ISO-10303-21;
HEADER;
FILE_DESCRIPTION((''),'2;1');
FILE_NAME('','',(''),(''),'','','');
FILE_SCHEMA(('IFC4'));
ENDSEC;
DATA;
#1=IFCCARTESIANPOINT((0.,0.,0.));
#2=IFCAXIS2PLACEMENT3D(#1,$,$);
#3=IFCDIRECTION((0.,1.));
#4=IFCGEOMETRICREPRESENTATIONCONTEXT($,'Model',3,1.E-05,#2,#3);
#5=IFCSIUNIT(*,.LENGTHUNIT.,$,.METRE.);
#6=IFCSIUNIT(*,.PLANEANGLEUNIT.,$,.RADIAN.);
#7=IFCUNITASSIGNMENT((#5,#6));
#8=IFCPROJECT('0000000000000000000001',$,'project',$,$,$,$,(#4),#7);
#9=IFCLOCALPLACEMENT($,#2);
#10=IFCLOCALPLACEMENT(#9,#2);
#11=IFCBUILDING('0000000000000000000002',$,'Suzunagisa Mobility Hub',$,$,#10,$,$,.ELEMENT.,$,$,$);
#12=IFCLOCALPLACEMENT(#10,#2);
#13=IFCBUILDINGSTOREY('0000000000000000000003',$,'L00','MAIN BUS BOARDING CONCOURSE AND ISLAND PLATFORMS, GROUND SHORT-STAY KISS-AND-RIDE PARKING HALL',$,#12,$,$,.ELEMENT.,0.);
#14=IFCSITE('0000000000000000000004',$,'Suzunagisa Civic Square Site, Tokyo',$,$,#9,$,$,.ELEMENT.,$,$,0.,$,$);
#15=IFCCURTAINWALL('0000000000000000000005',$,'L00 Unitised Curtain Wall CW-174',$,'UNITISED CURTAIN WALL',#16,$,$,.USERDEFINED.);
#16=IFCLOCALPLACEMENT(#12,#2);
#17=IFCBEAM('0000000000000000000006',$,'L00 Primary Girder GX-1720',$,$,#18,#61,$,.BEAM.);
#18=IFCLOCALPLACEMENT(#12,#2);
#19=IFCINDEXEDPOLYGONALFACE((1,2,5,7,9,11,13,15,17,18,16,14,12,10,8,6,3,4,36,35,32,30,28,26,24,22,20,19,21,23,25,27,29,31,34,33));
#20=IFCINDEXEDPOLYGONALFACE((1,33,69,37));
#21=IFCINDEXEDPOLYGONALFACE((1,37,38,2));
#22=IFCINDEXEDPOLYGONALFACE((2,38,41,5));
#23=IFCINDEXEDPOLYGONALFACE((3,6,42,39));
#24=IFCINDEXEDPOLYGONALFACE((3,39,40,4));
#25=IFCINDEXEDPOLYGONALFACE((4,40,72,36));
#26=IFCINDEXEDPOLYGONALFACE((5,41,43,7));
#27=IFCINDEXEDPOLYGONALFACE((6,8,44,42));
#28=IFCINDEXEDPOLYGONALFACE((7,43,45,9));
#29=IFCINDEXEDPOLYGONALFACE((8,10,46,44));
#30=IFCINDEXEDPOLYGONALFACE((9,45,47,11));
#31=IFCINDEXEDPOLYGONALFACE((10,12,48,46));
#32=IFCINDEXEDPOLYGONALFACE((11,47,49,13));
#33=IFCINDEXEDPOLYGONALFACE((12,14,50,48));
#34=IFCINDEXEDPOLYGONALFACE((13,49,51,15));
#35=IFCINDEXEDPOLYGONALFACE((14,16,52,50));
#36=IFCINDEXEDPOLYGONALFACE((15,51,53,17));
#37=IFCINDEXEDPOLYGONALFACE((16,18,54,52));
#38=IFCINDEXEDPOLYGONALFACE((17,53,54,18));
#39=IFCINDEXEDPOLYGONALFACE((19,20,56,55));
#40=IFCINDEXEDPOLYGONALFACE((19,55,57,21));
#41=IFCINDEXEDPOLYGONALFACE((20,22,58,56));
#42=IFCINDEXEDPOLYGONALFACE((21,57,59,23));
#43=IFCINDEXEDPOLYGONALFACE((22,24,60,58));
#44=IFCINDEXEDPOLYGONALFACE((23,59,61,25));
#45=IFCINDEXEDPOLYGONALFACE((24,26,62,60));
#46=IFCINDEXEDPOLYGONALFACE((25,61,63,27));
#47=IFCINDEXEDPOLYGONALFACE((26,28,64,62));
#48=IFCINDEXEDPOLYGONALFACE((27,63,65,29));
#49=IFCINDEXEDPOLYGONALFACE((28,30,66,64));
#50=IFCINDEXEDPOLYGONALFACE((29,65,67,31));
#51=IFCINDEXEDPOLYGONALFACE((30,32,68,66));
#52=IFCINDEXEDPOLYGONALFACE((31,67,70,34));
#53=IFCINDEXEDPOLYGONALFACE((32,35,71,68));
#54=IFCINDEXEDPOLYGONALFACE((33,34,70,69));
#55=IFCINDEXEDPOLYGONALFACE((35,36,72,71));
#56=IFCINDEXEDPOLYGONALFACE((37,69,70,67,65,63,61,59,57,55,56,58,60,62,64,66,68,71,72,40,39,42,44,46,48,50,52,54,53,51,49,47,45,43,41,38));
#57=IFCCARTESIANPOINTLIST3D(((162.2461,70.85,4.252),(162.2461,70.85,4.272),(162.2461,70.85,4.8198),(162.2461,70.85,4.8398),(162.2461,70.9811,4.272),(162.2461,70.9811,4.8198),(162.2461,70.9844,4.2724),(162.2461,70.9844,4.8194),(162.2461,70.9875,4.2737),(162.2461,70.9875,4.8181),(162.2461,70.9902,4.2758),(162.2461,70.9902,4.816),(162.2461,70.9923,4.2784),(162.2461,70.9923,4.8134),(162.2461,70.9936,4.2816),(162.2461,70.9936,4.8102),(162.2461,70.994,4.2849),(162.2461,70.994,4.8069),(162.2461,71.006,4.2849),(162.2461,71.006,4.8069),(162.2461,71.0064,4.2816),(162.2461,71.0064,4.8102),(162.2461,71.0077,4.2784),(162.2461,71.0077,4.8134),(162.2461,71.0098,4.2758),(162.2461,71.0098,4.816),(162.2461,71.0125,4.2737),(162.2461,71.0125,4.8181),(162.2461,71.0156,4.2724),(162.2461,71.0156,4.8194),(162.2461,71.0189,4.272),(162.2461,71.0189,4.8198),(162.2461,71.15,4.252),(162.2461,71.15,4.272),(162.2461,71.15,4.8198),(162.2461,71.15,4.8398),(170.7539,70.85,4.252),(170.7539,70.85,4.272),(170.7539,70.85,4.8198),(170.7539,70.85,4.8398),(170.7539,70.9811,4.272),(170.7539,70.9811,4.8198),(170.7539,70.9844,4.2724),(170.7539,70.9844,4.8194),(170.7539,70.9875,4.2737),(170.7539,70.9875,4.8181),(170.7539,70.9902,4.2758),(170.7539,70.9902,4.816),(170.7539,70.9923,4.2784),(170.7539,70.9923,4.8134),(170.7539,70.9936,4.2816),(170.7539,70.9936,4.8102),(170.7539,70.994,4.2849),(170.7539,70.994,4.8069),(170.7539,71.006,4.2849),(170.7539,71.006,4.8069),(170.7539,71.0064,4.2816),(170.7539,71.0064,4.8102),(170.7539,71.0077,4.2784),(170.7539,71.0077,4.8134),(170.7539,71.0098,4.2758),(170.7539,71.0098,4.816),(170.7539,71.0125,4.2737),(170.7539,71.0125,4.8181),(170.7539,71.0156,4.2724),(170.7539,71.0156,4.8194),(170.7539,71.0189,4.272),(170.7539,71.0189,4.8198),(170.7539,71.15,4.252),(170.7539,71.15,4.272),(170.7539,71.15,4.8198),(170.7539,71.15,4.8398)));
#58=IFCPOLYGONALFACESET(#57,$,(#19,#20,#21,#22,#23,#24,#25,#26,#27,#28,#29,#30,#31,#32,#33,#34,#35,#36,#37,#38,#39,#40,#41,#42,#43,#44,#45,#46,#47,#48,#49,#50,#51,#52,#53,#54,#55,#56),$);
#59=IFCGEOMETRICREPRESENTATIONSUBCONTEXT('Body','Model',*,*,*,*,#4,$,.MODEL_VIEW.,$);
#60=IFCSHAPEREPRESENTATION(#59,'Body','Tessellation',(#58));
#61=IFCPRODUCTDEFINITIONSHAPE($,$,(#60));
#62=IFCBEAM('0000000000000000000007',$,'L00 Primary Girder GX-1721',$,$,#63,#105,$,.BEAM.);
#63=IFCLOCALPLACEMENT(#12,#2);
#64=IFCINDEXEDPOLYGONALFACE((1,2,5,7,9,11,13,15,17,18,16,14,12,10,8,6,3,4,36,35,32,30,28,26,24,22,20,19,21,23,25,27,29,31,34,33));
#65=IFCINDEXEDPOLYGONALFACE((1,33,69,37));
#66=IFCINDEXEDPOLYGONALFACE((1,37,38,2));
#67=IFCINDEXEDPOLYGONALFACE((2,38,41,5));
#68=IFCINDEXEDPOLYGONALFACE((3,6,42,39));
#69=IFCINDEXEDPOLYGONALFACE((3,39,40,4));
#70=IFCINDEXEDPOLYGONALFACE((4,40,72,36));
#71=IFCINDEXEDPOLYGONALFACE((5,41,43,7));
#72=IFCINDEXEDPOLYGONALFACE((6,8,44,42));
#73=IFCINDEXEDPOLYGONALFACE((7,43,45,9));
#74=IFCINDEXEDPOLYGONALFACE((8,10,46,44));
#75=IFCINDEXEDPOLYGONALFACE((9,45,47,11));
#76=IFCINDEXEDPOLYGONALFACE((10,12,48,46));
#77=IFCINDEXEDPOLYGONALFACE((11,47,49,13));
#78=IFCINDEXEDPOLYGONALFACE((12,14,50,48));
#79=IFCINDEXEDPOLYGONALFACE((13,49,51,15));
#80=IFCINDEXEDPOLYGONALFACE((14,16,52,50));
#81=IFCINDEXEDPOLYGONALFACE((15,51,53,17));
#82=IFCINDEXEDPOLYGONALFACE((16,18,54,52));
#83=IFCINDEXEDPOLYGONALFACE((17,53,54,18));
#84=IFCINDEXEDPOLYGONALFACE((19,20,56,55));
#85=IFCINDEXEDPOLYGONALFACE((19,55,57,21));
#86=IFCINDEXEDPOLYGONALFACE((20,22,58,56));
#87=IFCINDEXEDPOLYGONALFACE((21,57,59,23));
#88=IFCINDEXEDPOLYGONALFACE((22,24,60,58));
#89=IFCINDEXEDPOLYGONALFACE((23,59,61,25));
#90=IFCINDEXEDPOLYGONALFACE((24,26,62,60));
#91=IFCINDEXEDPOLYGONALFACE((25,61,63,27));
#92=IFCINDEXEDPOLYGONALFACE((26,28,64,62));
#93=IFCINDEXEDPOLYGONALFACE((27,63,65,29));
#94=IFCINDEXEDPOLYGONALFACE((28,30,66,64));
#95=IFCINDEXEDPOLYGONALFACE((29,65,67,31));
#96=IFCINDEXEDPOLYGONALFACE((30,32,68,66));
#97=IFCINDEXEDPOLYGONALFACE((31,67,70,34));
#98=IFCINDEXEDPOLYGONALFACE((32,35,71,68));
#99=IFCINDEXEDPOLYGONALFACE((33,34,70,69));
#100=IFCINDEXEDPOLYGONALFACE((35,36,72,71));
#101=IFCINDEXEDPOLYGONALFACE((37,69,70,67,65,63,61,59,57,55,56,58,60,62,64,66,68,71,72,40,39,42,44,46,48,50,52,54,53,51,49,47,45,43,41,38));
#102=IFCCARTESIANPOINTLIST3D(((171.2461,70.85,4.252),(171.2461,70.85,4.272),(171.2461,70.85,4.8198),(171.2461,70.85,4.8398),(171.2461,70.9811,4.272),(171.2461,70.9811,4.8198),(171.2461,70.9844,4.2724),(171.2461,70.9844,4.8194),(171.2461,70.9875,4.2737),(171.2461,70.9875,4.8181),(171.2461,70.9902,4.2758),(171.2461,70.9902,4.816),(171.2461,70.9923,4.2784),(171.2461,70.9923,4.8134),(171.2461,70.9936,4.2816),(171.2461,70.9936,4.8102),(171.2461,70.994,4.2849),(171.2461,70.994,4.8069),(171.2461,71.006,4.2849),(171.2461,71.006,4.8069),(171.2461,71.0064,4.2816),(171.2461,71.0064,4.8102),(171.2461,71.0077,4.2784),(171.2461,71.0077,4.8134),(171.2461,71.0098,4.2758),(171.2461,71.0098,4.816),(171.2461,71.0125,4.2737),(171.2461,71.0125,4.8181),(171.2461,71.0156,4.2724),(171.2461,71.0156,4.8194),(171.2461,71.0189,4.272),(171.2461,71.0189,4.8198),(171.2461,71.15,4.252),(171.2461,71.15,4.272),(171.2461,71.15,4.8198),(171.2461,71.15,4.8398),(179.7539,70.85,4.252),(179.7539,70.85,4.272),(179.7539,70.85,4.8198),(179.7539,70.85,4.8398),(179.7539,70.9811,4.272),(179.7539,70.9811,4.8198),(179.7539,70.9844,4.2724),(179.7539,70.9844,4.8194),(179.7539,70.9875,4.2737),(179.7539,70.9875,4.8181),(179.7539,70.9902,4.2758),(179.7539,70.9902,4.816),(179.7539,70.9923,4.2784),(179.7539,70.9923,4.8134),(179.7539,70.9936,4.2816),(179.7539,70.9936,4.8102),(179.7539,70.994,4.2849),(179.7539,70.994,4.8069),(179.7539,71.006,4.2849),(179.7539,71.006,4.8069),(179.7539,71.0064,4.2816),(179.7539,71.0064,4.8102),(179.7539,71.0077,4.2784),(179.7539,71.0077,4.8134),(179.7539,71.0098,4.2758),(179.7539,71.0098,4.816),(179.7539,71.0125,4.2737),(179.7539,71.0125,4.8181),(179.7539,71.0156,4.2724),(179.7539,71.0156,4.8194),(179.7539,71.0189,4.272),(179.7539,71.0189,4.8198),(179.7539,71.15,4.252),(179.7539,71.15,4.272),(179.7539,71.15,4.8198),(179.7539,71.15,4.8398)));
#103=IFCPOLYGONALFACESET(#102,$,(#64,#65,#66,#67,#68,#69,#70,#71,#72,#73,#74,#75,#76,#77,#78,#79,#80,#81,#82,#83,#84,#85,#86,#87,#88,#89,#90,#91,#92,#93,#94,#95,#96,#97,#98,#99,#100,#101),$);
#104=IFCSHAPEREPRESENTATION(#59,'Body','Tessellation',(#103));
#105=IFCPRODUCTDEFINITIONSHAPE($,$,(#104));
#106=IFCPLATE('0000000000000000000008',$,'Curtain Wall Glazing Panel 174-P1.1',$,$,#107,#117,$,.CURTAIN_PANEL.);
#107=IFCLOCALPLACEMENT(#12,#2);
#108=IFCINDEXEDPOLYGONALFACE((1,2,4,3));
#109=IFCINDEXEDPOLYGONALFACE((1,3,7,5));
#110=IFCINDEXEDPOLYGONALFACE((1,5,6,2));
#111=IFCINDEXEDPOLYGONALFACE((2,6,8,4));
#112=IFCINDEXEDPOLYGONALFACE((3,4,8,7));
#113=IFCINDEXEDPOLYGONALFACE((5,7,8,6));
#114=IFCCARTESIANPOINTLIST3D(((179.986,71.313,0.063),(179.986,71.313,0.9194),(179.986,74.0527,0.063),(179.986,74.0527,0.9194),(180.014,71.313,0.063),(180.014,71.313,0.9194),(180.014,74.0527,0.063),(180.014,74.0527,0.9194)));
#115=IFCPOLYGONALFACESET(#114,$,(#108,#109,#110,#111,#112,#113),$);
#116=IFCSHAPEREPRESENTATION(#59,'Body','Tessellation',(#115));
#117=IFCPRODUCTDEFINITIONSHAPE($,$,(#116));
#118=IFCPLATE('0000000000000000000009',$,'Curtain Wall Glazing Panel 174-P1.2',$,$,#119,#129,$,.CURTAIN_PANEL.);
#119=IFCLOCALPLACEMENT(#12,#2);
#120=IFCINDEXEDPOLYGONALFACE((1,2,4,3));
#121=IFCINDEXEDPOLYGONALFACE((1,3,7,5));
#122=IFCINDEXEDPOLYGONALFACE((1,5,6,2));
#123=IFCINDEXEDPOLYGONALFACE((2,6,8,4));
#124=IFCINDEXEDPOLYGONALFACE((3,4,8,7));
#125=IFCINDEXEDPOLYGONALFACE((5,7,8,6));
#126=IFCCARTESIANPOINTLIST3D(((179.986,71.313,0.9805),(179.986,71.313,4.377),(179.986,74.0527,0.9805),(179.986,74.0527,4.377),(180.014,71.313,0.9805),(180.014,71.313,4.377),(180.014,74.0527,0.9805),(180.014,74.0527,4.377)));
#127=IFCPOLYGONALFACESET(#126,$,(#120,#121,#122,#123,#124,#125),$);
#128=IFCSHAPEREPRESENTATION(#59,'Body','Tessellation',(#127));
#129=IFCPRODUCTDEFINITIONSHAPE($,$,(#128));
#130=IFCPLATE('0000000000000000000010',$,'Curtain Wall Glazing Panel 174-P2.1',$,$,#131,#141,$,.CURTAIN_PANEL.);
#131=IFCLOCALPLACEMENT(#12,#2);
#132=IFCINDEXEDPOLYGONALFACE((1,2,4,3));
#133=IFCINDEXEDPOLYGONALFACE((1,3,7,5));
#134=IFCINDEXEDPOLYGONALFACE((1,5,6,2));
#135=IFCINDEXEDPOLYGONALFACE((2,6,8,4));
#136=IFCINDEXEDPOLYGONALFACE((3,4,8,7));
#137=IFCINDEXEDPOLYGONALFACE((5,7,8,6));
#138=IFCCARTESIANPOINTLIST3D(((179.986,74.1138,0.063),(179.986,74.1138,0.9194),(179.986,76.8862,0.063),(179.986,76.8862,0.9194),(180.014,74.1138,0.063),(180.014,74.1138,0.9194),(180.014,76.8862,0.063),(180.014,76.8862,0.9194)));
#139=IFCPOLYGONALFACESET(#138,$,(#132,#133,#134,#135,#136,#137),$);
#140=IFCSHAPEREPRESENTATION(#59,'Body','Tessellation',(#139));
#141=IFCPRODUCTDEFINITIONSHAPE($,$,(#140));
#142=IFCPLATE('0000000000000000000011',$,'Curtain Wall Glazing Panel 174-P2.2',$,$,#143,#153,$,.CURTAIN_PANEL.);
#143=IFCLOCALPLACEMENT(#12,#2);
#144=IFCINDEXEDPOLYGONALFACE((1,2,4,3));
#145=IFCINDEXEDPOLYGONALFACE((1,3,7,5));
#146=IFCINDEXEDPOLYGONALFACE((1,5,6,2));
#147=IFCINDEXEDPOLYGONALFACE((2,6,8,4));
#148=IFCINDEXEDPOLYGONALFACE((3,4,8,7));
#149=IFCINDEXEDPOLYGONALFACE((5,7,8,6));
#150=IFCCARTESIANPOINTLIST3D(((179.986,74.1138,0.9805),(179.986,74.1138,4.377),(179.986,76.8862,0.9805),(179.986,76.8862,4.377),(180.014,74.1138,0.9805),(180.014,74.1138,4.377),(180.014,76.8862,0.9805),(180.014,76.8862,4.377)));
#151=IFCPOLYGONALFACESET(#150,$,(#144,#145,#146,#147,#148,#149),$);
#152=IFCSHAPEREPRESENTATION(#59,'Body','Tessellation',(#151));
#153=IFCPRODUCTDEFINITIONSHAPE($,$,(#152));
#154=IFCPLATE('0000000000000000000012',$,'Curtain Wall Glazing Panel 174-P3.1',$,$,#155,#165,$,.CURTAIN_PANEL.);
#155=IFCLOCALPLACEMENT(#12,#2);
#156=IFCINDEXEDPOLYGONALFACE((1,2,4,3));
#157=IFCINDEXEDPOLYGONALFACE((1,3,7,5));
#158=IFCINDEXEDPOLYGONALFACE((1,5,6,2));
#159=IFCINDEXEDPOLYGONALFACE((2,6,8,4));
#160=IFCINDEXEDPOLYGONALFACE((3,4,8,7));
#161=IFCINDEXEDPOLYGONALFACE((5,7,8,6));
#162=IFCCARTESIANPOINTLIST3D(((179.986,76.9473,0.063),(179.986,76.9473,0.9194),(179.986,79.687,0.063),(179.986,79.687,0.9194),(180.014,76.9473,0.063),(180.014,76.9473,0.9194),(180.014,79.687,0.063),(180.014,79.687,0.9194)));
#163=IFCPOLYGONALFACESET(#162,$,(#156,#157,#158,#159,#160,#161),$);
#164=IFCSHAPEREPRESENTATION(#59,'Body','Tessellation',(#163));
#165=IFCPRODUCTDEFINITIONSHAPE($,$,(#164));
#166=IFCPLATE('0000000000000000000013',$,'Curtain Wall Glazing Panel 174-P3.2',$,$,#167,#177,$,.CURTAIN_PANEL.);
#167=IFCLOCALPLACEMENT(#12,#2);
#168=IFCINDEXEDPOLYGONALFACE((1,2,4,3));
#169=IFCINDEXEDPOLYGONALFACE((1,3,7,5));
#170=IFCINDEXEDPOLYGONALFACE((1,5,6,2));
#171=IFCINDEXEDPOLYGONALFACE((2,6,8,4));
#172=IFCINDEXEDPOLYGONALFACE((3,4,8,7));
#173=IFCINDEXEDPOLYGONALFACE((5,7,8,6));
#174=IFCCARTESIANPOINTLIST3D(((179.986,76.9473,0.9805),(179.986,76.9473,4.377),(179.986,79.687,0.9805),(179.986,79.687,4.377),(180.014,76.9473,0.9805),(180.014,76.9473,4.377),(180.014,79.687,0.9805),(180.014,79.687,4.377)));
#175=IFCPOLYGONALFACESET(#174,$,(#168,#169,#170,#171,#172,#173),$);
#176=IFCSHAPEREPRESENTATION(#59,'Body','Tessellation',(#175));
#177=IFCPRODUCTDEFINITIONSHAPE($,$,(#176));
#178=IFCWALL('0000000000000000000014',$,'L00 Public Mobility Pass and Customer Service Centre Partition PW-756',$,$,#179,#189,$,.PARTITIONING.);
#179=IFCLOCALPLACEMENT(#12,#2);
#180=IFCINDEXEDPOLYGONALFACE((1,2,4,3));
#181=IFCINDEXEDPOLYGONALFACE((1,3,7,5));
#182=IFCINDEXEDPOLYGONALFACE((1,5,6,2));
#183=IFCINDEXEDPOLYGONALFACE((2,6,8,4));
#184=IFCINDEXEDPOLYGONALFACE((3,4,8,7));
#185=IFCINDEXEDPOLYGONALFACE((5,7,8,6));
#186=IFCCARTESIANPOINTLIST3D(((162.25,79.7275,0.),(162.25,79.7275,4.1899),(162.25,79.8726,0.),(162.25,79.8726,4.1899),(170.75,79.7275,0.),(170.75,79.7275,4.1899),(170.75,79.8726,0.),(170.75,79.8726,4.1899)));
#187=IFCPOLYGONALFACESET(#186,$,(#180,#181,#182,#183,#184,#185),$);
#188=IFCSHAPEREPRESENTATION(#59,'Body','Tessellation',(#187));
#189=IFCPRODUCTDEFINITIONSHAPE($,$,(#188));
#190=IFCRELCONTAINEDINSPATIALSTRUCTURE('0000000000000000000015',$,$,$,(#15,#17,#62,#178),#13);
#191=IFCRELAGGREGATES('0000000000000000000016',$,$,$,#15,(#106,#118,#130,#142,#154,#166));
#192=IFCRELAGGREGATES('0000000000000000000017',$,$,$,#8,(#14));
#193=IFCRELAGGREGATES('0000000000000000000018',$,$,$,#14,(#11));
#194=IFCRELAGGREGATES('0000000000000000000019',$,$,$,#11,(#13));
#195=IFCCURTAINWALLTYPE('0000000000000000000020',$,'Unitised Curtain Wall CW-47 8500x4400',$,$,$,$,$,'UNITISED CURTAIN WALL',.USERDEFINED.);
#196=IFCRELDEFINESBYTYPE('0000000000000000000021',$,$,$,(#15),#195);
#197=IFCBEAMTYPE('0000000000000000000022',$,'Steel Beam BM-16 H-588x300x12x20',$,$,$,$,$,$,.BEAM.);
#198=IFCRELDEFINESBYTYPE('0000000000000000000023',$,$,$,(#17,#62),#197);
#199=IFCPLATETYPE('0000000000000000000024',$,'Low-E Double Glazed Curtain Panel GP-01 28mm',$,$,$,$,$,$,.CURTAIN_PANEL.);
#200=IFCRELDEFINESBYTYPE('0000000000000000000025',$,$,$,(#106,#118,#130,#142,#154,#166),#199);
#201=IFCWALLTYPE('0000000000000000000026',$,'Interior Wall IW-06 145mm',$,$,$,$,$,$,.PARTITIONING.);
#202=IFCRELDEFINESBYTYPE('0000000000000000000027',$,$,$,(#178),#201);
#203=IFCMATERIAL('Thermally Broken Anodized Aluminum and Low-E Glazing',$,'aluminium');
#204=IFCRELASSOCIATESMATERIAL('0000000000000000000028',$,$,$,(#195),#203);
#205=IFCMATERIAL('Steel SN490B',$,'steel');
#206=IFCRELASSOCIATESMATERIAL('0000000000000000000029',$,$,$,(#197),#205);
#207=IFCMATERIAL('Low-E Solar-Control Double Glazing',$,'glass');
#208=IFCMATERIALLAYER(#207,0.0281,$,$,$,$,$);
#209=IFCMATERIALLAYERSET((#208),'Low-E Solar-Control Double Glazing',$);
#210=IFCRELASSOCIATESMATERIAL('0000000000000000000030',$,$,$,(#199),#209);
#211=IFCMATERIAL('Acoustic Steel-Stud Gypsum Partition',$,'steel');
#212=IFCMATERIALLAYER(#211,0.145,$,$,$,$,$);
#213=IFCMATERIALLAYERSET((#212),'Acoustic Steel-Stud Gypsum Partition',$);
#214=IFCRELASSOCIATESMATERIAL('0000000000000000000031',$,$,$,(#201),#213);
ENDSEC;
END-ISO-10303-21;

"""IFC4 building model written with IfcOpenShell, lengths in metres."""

from ifc_helpers import new_model, si_unit, direction, frame, frame_2d, origin, origin_2d, place, context, subcontext, project, spatial, rectangle, i_section, extrude, material, layer, layer_set, material_profile, profile_set, type_object, element, aggregate, save


model = new_model("IFC4")

# Units and contexts
model_context = context("Model", 3, precision=1e-05, world=origin(), true_north=direction((0.0, 1.0)))
body_context = subcontext(model_context, "Body", "Model", "MODEL_VIEW")
ifc_project = project(units=[si_unit("LENGTHUNIT", "METRE"), si_unit("PLANEANGLEUNIT", "RADIAN")], contexts=[model_context])

# Site, building, storey
site_placement = place(None, origin())
site = spatial("IfcSite", under=ifc_project, at=site_placement, Name="Suzunagisa Civic Square Site, Tokyo", CompositionType="ELEMENT", RefElevation=0.0)
building_placement = place(site_placement, origin())
building = spatial("IfcBuilding", under=site, at=building_placement, Name="Suzunagisa Mobility Hub", CompositionType="ELEMENT")
storey_placement = place(building_placement, origin())
storey = spatial("IfcBuildingStorey", under=building, at=storey_placement, Name="L00", Description="MAIN BUS BOARDING CONCOURSE AND ISLAND PLATFORMS, GROUND SHORT-STAY KISS-AND-RIDE PARKING HALL", CompositionType="ELEMENT", Elevation=0.0)

# Shared definitions
ifc_material_1 = material(Name="Steel SN490B", Category="steel")

# Curtain wall
ifc_material_2 = material(Name="Thermally Broken Anodized Aluminum and Low-E Glazing", Category="aluminium")
curtain_wall_type = type_object("IfcCurtainWallType", Name="Unitised Curtain Wall CW-47 8500x4400", ElementType="UNITISED CURTAIN WALL", PredefinedType="USERDEFINED", material=ifc_material_2)
curtain_wall_placement = place(storey_placement, origin())
curtain_wall = element("IfcCurtainWall", 1, at=curtain_wall_placement, inside=storey, type_object=curtain_wall_type, Name="L00 Unitised Curtain Wall CW-174", ObjectType="UNITISED CURTAIN WALL", PredefinedType="USERDEFINED")

# Beams
ifc_material_profile_1 = material_profile(ifc_material_1, i_section(OverallWidth=0.3, OverallDepth=0.5879, WebThickness=0.012, FlangeThickness=0.02, FilletRadius=0.0129, at=origin_2d()), Name="H-588x300x12x20")
ifc_profile_set_1 = profile_set([ifc_material_profile_1], Name="Steel SN490B")
beam_type_1 = type_object("IfcBeamType", Name="Steel Beam BM-16 H-588x300x12x20", PredefinedType="BEAM", material=ifc_profile_set_1)
for number, where, z_axis, x_axis, name in (
    (2, (162.2461, 71.0, 4.5459), (1.0, 0.0, 0.0), (0.0, 1.0, 0.0), "L00 Primary Girder GX-1720"),
    (3, (171.2461, 71.0, 4.5459), (1.0, 0.0, 0.0), (0.0, 1.0, 0.0), "L00 Primary Girder GX-1721"),
):
    element("IfcBeam", number, at=place(storey_placement, frame(where, z_axis=z_axis, x_axis=x_axis)), inside=storey, type_object=beam_type_1, Name=name, PredefinedType="BEAM", context=body_context, shape_type="SweptSolid", body=[
        extrude(i_section(OverallWidth=0.3, OverallDepth=0.5879, WebThickness=0.012, FlangeThickness=0.02, FilletRadius=0.0129, at=origin_2d()), origin(), (0.0, 0.0, 1.0), 8.5078),
    ])

# Plates
ifc_material_3 = material(Name="Low-E Solar-Control Double Glazing", Category="glass")
ifc_layer_1 = layer(ifc_material_3, 0.0281)
ifc_layer_set_1 = layer_set([ifc_layer_1], Name="Low-E Solar-Control Double Glazing")
plate_type = type_object("IfcPlateType", Name="Low-E Double Glazed Curtain Panel GP-01 28mm", PredefinedType="CURTAIN_PANEL", material=ifc_layer_set_1)
plate_1_placement = place(storey_placement, frame((180.0, 72.6829, 0.063), z_axis=(0.0, 0.0, 1.0), x_axis=(0.0, 1.0, 0.0)))
plate_1 = element("IfcPlate", 4, at=plate_1_placement, type_object=plate_type, Name="Curtain Wall Glazing Panel 174-P1.1", PredefinedType="CURTAIN_PANEL", context=body_context, shape_type="SweptSolid", body=[
    extrude(rectangle(XDim=2.7397, YDim=0.0281, at=origin_2d()), origin(), (0.0, 0.0, 1.0), 0.8564),
])
plate_2_placement = place(storey_placement, frame((180.0, 72.6829, 0.9805), z_axis=(0.0, 0.0, 1.0), x_axis=(0.0, 1.0, 0.0)))
plate_2 = element("IfcPlate", 5, at=plate_2_placement, type_object=plate_type, Name="Curtain Wall Glazing Panel 174-P1.2", PredefinedType="CURTAIN_PANEL", context=body_context, shape_type="SweptSolid", body=[
    extrude(rectangle(XDim=2.7397, YDim=0.0281, at=origin_2d()), origin(), (0.0, 0.0, 1.0), 3.3965),
])
plate_3_placement = place(storey_placement, frame((180.0, 75.5, 0.063), z_axis=(0.0, 0.0, 1.0), x_axis=(0.0, 1.0, 0.0)))
plate_3 = element("IfcPlate", 6, at=plate_3_placement, type_object=plate_type, Name="Curtain Wall Glazing Panel 174-P2.1", PredefinedType="CURTAIN_PANEL", context=body_context, shape_type="SweptSolid", body=[
    extrude(rectangle(XDim=2.7725, YDim=0.0281, at=origin_2d()), origin(), (0.0, 0.0, 1.0), 0.8564),
])
plate_4_placement = place(storey_placement, frame((180.0, 75.5, 0.9805), z_axis=(0.0, 0.0, 1.0), x_axis=(0.0, 1.0, 0.0)))
plate_4 = element("IfcPlate", 7, at=plate_4_placement, type_object=plate_type, Name="Curtain Wall Glazing Panel 174-P2.2", PredefinedType="CURTAIN_PANEL", context=body_context, shape_type="SweptSolid", body=[
    extrude(rectangle(XDim=2.7725, YDim=0.0281, at=origin_2d()), origin(), (0.0, 0.0, 1.0), 3.3965),
])
plate_5_placement = place(storey_placement, frame((180.0, 78.3171, 0.063), z_axis=(0.0, 0.0, 1.0), x_axis=(0.0, 1.0, 0.0)))
plate_5 = element("IfcPlate", 8, at=plate_5_placement, type_object=plate_type, Name="Curtain Wall Glazing Panel 174-P3.1", PredefinedType="CURTAIN_PANEL", context=body_context, shape_type="SweptSolid", body=[
    extrude(rectangle(XDim=2.7397, YDim=0.0281, at=origin_2d()), origin(), (0.0, 0.0, 1.0), 0.8564),
])
plate_6_placement = place(storey_placement, frame((180.0, 78.3171, 0.9805), z_axis=(0.0, 0.0, 1.0), x_axis=(0.0, 1.0, 0.0)))
plate_6 = element("IfcPlate", 9, at=plate_6_placement, type_object=plate_type, Name="Curtain Wall Glazing Panel 174-P3.2", PredefinedType="CURTAIN_PANEL", context=body_context, shape_type="SweptSolid", body=[
    extrude(rectangle(XDim=2.7397, YDim=0.0281, at=origin_2d()), origin(), (0.0, 0.0, 1.0), 3.3965),
])
aggregate(curtain_wall, [plate_1, plate_2, plate_3, plate_4, plate_5, plate_6])

# Wall
ifc_material_4 = material(Name="Acoustic Steel-Stud Gypsum Partition", Category="steel")
ifc_layer_2 = layer(ifc_material_4, 0.145)
ifc_layer_set_2 = layer_set([ifc_layer_2], Name="Acoustic Steel-Stud Gypsum Partition")
wall_type = type_object("IfcWallType", Name="Interior Wall IW-06 145mm", PredefinedType="PARTITIONING", material=ifc_layer_set_2)
wall_placement = place(storey_placement, frame((162.25, 79.8, 0.0), z_axis=(0.0, 0.0, 1.0), x_axis=(1.0, 0.0, 0.0)))
element("IfcWall", 10, at=wall_placement, inside=storey, type_object=wall_type, Name="L00 Public Mobility Pass and Customer Service Centre Partition PW-756", PredefinedType="PARTITIONING", context=body_context, shape_type="SweptSolid", body=[
    extrude(rectangle(XDim=8.5, YDim=0.145, at=frame_2d((4.25, 0.0))), origin(), (0.0, 0.0, 1.0), 4.1899),
])

save(model, "model.ifc")
